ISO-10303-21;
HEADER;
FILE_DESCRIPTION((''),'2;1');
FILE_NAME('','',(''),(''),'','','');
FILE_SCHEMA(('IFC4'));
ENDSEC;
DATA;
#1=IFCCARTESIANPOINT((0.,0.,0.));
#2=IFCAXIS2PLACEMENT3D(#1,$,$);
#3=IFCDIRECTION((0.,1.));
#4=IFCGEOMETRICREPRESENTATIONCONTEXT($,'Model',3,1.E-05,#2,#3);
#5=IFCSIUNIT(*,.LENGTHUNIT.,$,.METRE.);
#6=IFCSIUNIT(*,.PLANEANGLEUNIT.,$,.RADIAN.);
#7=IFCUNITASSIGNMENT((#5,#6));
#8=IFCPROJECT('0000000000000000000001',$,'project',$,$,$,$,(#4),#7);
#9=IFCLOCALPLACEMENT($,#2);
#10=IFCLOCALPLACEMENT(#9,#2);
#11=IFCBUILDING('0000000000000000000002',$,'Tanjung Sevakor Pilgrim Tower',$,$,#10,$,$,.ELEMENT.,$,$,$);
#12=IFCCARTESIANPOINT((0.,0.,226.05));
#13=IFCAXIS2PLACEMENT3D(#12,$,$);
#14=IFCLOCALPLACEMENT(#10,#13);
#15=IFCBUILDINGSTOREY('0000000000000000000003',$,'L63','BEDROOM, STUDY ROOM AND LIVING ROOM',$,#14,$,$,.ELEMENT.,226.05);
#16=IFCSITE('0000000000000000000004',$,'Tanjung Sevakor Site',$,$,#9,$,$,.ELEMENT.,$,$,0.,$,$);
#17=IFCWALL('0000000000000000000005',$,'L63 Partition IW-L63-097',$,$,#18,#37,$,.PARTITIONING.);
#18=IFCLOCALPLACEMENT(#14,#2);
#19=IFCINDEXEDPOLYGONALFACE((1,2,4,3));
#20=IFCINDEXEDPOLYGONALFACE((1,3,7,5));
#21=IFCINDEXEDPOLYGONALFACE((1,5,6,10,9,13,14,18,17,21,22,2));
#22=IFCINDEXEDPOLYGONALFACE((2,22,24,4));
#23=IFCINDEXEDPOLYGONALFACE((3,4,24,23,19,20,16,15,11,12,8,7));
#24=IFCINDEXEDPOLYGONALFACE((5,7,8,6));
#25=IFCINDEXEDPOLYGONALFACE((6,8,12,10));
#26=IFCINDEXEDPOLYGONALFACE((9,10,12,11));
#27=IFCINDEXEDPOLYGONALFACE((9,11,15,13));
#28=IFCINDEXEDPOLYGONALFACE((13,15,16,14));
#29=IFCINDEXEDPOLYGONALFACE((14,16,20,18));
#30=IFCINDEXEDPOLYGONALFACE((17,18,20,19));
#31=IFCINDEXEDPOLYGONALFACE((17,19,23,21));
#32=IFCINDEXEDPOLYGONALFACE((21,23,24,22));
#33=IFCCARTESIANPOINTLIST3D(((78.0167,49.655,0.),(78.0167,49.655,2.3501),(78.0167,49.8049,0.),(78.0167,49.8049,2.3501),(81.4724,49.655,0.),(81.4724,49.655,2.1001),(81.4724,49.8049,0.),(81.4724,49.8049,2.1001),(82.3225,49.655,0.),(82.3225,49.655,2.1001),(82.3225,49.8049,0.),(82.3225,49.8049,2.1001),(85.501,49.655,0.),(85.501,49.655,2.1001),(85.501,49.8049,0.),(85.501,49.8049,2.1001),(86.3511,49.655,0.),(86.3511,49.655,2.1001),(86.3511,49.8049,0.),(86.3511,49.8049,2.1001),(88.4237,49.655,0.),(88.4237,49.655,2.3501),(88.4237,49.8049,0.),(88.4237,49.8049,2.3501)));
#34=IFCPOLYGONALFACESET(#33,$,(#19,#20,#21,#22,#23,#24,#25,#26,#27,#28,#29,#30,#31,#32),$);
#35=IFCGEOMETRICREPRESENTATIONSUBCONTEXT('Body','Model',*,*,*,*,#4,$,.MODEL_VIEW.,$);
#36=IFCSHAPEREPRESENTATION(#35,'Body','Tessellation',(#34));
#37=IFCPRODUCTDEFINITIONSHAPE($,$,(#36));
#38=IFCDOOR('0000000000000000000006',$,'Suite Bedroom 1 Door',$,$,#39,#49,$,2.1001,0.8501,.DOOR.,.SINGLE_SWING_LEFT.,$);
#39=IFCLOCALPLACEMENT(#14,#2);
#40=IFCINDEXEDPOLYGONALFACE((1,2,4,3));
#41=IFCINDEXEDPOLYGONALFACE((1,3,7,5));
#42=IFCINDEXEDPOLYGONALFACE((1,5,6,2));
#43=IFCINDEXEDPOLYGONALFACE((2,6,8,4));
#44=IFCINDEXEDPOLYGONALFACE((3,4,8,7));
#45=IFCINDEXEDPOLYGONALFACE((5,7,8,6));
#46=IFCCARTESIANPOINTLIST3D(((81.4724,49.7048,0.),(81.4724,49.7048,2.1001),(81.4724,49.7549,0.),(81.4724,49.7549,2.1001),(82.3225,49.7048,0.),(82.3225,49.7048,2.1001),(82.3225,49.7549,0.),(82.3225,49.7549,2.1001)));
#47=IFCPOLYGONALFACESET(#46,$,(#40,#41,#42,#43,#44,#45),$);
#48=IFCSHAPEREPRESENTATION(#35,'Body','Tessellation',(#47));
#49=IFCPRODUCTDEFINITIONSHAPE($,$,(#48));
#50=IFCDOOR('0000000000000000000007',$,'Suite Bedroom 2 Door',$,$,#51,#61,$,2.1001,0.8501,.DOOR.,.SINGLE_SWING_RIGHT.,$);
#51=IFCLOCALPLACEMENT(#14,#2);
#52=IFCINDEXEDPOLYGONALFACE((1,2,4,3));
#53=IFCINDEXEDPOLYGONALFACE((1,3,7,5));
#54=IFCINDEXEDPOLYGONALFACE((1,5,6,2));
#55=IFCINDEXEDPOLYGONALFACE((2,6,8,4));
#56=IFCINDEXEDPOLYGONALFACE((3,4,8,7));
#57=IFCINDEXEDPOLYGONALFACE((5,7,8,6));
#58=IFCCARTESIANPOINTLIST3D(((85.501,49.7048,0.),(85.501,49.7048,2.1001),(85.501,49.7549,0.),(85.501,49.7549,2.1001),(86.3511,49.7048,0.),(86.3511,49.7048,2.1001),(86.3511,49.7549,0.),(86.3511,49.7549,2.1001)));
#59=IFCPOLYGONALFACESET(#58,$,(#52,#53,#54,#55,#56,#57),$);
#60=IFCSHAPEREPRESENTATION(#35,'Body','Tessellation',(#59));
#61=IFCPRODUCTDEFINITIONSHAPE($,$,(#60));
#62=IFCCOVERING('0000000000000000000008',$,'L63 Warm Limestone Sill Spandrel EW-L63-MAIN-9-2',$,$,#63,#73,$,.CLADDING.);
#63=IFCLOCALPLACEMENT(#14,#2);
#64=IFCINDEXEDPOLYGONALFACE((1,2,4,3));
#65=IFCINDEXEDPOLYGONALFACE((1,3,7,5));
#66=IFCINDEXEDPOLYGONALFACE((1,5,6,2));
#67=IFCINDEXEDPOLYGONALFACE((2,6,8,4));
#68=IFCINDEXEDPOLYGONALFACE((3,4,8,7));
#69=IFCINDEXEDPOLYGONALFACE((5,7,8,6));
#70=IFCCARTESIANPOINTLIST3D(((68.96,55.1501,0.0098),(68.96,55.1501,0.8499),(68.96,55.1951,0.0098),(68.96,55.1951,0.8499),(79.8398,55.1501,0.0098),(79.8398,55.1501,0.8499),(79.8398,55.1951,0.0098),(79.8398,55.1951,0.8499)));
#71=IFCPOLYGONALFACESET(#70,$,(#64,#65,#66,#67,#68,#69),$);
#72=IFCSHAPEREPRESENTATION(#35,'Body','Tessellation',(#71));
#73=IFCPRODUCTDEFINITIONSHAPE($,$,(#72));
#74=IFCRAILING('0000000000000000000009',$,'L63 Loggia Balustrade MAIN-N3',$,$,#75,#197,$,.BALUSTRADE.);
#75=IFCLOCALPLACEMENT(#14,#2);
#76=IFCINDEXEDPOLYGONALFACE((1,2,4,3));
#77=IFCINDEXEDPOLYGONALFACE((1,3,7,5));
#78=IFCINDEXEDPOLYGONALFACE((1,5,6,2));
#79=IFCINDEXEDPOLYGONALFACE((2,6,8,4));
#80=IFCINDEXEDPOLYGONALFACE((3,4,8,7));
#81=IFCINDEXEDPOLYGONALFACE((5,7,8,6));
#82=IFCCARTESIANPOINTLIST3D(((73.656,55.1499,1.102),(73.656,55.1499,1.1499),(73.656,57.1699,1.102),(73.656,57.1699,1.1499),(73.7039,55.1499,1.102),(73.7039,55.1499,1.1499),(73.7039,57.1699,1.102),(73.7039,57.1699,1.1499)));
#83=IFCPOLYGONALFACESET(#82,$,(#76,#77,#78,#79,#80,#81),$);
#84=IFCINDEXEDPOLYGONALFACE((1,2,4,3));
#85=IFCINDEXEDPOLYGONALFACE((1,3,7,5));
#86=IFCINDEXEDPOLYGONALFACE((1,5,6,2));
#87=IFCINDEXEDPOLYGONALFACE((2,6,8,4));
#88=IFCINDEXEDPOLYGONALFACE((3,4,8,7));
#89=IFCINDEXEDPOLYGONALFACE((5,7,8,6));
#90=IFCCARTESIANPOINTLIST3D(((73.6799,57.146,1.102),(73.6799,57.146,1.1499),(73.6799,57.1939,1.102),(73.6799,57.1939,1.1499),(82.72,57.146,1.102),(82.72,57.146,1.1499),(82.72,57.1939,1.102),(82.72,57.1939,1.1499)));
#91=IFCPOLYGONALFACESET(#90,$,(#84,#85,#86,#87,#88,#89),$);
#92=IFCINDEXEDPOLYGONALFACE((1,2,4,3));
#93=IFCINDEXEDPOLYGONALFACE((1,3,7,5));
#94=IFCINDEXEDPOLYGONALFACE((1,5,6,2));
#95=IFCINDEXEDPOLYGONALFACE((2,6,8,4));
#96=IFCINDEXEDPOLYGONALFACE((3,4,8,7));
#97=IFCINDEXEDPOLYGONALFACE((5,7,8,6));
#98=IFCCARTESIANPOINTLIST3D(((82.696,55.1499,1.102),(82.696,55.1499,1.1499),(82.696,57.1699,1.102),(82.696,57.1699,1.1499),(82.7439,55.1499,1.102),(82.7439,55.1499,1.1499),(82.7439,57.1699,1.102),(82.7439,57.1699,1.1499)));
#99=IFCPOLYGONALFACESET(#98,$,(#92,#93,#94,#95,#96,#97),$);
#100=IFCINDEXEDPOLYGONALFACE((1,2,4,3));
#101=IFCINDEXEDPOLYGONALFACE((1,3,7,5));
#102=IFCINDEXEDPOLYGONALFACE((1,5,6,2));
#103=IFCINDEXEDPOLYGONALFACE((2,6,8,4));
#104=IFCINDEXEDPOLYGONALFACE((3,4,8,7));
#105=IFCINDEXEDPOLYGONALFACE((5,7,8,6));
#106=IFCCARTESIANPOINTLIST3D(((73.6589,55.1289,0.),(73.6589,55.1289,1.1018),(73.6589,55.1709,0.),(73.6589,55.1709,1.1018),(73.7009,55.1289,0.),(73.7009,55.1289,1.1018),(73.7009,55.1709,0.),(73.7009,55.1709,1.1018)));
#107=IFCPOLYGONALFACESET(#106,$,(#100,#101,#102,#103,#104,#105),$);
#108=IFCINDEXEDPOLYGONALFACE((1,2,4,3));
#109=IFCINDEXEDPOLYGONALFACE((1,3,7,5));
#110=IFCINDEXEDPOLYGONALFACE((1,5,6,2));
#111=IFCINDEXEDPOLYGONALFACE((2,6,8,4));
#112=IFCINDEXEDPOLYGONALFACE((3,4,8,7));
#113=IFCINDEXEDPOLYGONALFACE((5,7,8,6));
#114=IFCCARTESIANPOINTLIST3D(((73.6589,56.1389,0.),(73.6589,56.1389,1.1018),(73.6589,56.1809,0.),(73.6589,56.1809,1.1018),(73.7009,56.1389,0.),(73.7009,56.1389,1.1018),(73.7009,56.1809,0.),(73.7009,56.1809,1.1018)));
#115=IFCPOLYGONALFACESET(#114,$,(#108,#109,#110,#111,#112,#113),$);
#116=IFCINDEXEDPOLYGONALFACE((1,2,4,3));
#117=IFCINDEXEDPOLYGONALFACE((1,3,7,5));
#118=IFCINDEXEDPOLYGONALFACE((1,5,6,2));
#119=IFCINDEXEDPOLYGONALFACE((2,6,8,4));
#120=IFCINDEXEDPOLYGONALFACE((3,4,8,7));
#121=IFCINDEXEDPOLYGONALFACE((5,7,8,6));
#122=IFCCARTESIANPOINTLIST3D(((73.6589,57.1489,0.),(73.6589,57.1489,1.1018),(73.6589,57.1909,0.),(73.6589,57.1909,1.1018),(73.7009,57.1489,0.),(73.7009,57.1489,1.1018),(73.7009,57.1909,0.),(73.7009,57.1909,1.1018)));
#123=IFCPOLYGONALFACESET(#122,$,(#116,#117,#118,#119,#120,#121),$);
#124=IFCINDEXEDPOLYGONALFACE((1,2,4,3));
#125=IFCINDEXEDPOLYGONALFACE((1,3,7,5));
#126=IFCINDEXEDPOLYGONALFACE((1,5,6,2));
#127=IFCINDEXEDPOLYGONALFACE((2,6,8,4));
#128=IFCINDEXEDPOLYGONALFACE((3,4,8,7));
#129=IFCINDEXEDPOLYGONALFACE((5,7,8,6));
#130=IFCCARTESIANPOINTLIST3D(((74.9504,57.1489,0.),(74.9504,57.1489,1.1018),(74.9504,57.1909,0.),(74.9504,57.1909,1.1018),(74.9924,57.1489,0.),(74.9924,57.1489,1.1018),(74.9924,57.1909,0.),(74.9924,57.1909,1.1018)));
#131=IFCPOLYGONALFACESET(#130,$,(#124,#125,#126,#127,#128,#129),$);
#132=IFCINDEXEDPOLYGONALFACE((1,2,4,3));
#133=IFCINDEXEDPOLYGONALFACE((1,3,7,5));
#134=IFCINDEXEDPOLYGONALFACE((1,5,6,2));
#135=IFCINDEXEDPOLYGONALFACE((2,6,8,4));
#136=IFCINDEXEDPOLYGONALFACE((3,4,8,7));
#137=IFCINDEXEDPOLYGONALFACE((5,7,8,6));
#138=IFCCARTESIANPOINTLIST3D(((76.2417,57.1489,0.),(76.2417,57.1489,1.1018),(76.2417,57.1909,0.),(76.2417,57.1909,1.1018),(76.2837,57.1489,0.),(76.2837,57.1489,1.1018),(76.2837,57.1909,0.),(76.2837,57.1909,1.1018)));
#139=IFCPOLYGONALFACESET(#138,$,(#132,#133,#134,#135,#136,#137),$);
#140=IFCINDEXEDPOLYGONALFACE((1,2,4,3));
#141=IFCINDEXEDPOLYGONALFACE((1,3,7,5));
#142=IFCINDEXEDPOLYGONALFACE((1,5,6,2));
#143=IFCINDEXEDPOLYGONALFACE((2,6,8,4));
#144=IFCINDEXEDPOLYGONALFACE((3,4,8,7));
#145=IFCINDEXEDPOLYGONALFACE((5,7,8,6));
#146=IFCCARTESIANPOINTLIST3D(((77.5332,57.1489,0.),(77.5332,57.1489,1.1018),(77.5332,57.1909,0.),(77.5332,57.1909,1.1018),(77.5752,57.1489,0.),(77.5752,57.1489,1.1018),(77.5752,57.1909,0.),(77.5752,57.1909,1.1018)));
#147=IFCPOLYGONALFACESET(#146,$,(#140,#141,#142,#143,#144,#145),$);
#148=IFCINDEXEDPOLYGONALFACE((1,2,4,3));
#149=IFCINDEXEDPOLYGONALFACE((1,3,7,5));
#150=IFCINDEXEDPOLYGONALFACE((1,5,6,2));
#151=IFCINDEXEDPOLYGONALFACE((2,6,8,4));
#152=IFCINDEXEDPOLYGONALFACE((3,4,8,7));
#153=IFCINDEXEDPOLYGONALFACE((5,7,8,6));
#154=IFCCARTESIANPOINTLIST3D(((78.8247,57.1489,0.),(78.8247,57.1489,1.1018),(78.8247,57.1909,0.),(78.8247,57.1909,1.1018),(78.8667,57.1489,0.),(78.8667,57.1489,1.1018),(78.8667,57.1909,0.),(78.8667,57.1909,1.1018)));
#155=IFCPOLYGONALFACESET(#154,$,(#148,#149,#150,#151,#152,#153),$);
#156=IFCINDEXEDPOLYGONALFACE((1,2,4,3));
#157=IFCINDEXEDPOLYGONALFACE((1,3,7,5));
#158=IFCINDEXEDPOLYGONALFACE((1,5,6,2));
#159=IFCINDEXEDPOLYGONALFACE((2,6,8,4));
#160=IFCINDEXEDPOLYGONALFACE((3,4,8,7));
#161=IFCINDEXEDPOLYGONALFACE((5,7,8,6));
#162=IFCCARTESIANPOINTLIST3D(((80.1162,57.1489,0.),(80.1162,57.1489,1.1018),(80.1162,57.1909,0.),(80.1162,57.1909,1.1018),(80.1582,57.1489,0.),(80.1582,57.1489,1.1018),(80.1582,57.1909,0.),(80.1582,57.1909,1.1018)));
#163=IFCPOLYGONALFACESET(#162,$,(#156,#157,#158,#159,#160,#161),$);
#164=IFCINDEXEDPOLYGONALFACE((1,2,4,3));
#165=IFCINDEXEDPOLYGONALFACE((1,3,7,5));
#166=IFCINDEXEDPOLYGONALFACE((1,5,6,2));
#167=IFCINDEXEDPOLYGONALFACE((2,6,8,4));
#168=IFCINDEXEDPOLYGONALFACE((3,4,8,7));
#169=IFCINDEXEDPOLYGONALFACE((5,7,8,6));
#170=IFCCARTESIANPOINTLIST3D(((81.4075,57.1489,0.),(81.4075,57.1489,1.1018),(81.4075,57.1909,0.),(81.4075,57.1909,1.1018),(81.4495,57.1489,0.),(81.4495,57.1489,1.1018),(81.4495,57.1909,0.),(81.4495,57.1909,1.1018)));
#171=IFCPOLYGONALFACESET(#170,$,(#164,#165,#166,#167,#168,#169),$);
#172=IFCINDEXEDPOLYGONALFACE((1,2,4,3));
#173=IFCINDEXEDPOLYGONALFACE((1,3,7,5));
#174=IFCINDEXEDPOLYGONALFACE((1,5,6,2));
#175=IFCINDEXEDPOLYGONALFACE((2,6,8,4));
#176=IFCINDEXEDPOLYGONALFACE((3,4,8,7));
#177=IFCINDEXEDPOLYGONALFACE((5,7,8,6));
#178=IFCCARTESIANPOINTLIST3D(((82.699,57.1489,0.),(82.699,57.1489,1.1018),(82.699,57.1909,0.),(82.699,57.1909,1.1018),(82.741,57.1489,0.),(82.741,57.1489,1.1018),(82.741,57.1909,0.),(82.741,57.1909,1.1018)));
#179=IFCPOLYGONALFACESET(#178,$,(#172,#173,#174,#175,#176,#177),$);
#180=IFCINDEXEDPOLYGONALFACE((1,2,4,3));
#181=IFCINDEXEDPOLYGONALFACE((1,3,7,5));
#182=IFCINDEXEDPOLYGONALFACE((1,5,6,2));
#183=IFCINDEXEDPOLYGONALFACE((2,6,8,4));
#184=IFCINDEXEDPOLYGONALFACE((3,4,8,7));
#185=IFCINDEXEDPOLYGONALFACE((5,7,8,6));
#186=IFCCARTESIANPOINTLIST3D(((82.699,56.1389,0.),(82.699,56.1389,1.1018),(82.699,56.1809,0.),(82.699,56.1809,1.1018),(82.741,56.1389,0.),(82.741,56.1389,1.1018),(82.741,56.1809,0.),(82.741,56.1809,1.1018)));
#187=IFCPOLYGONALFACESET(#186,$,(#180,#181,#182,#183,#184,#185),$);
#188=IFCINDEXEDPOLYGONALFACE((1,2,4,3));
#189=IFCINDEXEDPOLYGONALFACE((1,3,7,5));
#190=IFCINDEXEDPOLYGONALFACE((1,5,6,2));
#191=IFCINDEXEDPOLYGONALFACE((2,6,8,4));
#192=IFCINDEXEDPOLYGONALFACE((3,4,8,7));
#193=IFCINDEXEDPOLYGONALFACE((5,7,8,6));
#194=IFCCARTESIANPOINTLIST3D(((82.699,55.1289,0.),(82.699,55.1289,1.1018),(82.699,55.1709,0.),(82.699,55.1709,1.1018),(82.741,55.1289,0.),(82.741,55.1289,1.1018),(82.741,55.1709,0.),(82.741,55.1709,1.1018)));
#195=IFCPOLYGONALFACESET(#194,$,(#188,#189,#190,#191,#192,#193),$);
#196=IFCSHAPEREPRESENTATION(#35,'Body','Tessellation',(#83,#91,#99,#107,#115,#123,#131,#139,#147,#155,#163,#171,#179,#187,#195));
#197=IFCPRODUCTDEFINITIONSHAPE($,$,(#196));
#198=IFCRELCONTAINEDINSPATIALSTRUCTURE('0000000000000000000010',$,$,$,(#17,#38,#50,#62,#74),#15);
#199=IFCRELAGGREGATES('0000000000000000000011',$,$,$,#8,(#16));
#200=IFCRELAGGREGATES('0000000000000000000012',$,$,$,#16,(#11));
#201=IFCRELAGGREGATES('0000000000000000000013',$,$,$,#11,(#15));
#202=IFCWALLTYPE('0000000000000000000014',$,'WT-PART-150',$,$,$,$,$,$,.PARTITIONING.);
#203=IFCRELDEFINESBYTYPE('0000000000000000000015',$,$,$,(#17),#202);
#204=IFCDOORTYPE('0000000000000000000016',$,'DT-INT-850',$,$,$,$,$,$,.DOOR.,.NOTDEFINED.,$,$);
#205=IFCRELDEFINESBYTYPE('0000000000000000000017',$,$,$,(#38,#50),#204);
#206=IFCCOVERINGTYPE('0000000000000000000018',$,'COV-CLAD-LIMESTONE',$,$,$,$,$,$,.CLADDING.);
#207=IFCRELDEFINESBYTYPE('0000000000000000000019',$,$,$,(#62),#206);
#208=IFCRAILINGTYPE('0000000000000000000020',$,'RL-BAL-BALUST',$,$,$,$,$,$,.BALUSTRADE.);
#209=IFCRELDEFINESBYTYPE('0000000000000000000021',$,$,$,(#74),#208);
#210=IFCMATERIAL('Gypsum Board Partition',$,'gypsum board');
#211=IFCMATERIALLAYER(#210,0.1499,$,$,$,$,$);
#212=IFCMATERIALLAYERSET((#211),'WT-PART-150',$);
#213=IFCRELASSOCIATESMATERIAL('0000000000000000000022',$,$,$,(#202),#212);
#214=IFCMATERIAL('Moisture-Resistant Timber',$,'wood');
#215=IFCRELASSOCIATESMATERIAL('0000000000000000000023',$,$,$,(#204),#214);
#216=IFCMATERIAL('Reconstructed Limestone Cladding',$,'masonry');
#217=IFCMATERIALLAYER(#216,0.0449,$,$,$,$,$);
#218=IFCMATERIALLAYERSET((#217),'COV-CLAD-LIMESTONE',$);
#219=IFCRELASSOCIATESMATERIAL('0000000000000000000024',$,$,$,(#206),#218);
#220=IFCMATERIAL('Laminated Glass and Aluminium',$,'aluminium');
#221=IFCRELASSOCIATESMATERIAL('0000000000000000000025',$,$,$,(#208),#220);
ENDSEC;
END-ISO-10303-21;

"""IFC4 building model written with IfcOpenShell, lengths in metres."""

from ifc_helpers import new_model, si_unit, direction, frame, frame_2d, origin, origin_2d, place, context, subcontext, project, spatial, rectangle, extrude, material, layer, layer_set, type_object, element, fill, save


model = new_model("IFC4")

# Units and contexts
model_context = context("Model", 3, precision=1e-05, world=origin(), true_north=direction((0.0, 1.0)))
body_context = subcontext(model_context, "Body", "Model", "MODEL_VIEW")
ifc_project = project(units=[si_unit("LENGTHUNIT", "METRE"), si_unit("PLANEANGLEUNIT", "RADIAN")], contexts=[model_context])

# Site, building, storey
site_placement = place(None, origin())
site = spatial("IfcSite", under=ifc_project, at=site_placement, Name="Tanjung Sevakor Site", CompositionType="ELEMENT", RefElevation=0.0)
building_placement = place(site_placement, origin())
building = spatial("IfcBuilding", under=site, at=building_placement, Name="Tanjung Sevakor Pilgrim Tower", CompositionType="ELEMENT")
storey_placement = place(building_placement, frame((0.0, 0.0, 226.05)))
storey = spatial("IfcBuildingStorey", under=building, at=storey_placement, Name="L63", Description="BEDROOM, STUDY ROOM AND LIVING ROOM", CompositionType="ELEMENT", Elevation=226.05)

# Shared definitions
ifc_material_1 = material(Name="Gypsum Board Partition", Category="gypsum board")
ifc_layer_1 = layer(ifc_material_1, 0.1499)
ifc_layer_set_1 = layer_set([ifc_layer_1], Name="WT-PART-150")
wall_type_1 = type_object("IfcWallType", Name="WT-PART-150", PredefinedType="PARTITIONING", material=ifc_layer_set_1)

# Wall, openings, doors
wall_1_placement = place(storey_placement, frame((78.0166, 49.73, 0.0), z_axis=(0.0, 0.0, 1.0), x_axis=(1.0, 0.0, 0.0)))
wall_1 = element("IfcWall", 1, at=wall_1_placement, inside=storey, type_object=wall_type_1, Name="L63 Partition IW-L63-097", PredefinedType="PARTITIONING", context=body_context, shape_type="SweptSolid", body=[
    extrude(rectangle(XDim=10.407, YDim=0.1499, at=frame_2d((5.2036, 0.0))), origin(), (0.0, 0.0, 1.0), 2.3501),
])
opening_1_placement = place(wall_1_placement, frame((3.4558, 0.0, 0.0)))
opening_1 = element("IfcOpeningElement", 2, at=opening_1_placement, cuts=wall_1, PredefinedType="OPENING", context=body_context, shape_type="SweptSolid", body=[
    extrude(rectangle(XDim=0.8501, YDim=2.1001, at=frame_2d((0.425, 1.05))), frame((0.0, 0.085, 0.0), z_axis=(0.0, -1.0, 0.0), x_axis=(1.0, 0.0, 0.0)), (0.0, 0.0, 1.0), 0.1699),
])
opening_2_placement = place(wall_1_placement, frame((7.4844, 0.0, 0.0)))
opening_2 = element("IfcOpeningElement", 3, at=opening_2_placement, cuts=wall_1, PredefinedType="OPENING", context=body_context, shape_type="SweptSolid", body=[
    extrude(rectangle(XDim=0.8501, YDim=2.1001, at=frame_2d((0.425, 1.05))), frame((0.0, 0.085, 0.0), z_axis=(0.0, -1.0, 0.0), x_axis=(1.0, 0.0, 0.0)), (0.0, 0.0, 1.0), 0.1699),
])
ifc_material_2 = material(Name="Moisture-Resistant Timber", Category="wood")
door_type_1 = type_object("IfcDoorType", Name="DT-INT-850", OperationType="NOTDEFINED", PredefinedType="DOOR", material=ifc_material_2)
door_1_placement = place(opening_1_placement, origin())
door_1 = element("IfcDoor", 4, at=door_1_placement, inside=storey, type_object=door_type_1, Name="Suite Bedroom 1 Door", OperationType="SINGLE_SWING_LEFT", OverallHeight=2.1001, OverallWidth=0.8501, PredefinedType="DOOR", context=body_context, shape_type="SweptSolid", body=[
    extrude(rectangle(XDim=0.8501, YDim=2.1001, at=frame_2d((0.425, 1.05))), frame((0.0, 0.0249, 0.0), z_axis=(0.0, -1.0, 0.0), x_axis=(1.0, 0.0, 0.0)), (0.0, 0.0, 1.0), 0.05),
])
fill(opening_1, door_1)
door_2_placement = place(opening_2_placement, origin())
door_2 = element("IfcDoor", 5, at=door_2_placement, inside=storey, type_object=door_type_1, Name="Suite Bedroom 2 Door", OperationType="SINGLE_SWING_RIGHT", OverallHeight=2.1001, OverallWidth=0.8501, PredefinedType="DOOR", context=body_context, shape_type="SweptSolid", body=[
    extrude(rectangle(XDim=0.8501, YDim=2.1001, at=frame_2d((0.425, 1.05))), frame((0.0, 0.0249, 0.0), z_axis=(0.0, -1.0, 0.0), x_axis=(1.0, 0.0, 0.0)), (0.0, 0.0, 1.0), 0.05),
])
fill(opening_2, door_2)

# Covering
ifc_material_3 = material(Name="Reconstructed Limestone Cladding", Category="masonry")
ifc_layer_2 = layer(ifc_material_3, 0.0449)
ifc_layer_set_2 = layer_set([ifc_layer_2], Name="COV-CLAD-LIMESTONE")
covering_type = type_object("IfcCoveringType", Name="COV-CLAD-LIMESTONE", PredefinedType="CLADDING", material=ifc_layer_set_2)
covering_placement = place(storey_placement, frame((74.3999, 55.1726, 0.0098), z_axis=(0.0, 0.0, 1.0), x_axis=(-1.0, 0.0, 0.0)))
element("IfcCovering", 6, at=covering_placement, inside=storey, type_object=covering_type, Name="L63 Warm Limestone Sill Spandrel EW-L63-MAIN-9-2", PredefinedType="CLADDING", context=body_context, shape_type="SweptSolid", body=[
    extrude(rectangle(XDim=10.8799, YDim=0.0449, at=origin_2d()), origin(), (0.0, 0.0, 1.0), 0.8401),
])

# Railing
ifc_material_4 = material(Name="Laminated Glass and Aluminium", Category="aluminium")
railing_type = type_object("IfcRailingType", Name="RL-BAL-BALUST", PredefinedType="BALUSTRADE", material=ifc_material_4)
railing_placement = place(storey_placement, frame((73.6799, 55.1499, 0.0)))
element("IfcRailing", 7, at=railing_placement, inside=storey, type_object=railing_type, Name="L63 Loggia Balustrade MAIN-N3", PredefinedType="BALUSTRADE", context=body_context, shape_type="SweptSolid", body=[
    extrude(rectangle(XDim=0.0479, YDim=0.0479), frame((0.0, 0.0, 1.126), z_axis=(0.0, 1.0, 0.0), x_axis=(-1.0, 0.0, 0.0)), (0.0, 0.0, 1.0), 2.02),
    extrude(rectangle(XDim=0.0479, YDim=0.0479), frame((0.0, 2.02, 1.126), z_axis=(1.0, 0.0, 0.0), x_axis=(0.0, 1.0, 0.0)), (0.0, 0.0, 1.0), 9.04),
    extrude(rectangle(XDim=0.0479, YDim=0.0479), frame((9.04, 2.02, 1.126), z_axis=(0.0, -1.0, 0.0), x_axis=(1.0, 0.0, 0.0)), (0.0, 0.0, 1.0), 2.02),
    extrude(rectangle(XDim=0.042, YDim=0.042), origin(), (0.0, 0.0, 1.0), 1.1018),
    extrude(rectangle(XDim=0.042, YDim=0.042), frame((0.0, 1.01, 0.0)), (0.0, 0.0, 1.0), 1.1018),
    extrude(rectangle(XDim=0.042, YDim=0.042), frame((0.0, 2.02, 0.0)), (0.0, 0.0, 1.0), 1.1018),
    extrude(rectangle(XDim=0.042, YDim=0.042), frame((1.2915, 2.02, 0.0)), (0.0, 0.0, 1.0), 1.1018),
    extrude(rectangle(XDim=0.042, YDim=0.042), frame((2.5828, 2.02, 0.0)), (0.0, 0.0, 1.0), 1.1018),
    extrude(rectangle(XDim=0.042, YDim=0.042), frame((3.8743, 2.02, 0.0)), (0.0, 0.0, 1.0), 1.1018),
    extrude(rectangle(XDim=0.042, YDim=0.042), frame((5.1658, 2.02, 0.0)), (0.0, 0.0, 1.0), 1.1018),
    extrude(rectangle(XDim=0.042, YDim=0.042), frame((6.4573, 2.02, 0.0)), (0.0, 0.0, 1.0), 1.1018),
    extrude(rectangle(XDim=0.042, YDim=0.042), frame((7.7485, 2.02, 0.0)), (0.0, 0.0, 1.0), 1.1018),
    extrude(rectangle(XDim=0.042, YDim=0.042), frame((9.04, 2.02, 0.0)), (0.0, 0.0, 1.0), 1.1018),
    extrude(rectangle(XDim=0.042, YDim=0.042), frame((9.04, 1.01, 0.0)), (0.0, 0.0, 1.0), 1.1018),
    extrude(rectangle(XDim=0.042, YDim=0.042), frame((9.04, 0.0, 0.0)), (0.0, 0.0, 1.0), 1.1018),
])

save(model, "model.ifc")
